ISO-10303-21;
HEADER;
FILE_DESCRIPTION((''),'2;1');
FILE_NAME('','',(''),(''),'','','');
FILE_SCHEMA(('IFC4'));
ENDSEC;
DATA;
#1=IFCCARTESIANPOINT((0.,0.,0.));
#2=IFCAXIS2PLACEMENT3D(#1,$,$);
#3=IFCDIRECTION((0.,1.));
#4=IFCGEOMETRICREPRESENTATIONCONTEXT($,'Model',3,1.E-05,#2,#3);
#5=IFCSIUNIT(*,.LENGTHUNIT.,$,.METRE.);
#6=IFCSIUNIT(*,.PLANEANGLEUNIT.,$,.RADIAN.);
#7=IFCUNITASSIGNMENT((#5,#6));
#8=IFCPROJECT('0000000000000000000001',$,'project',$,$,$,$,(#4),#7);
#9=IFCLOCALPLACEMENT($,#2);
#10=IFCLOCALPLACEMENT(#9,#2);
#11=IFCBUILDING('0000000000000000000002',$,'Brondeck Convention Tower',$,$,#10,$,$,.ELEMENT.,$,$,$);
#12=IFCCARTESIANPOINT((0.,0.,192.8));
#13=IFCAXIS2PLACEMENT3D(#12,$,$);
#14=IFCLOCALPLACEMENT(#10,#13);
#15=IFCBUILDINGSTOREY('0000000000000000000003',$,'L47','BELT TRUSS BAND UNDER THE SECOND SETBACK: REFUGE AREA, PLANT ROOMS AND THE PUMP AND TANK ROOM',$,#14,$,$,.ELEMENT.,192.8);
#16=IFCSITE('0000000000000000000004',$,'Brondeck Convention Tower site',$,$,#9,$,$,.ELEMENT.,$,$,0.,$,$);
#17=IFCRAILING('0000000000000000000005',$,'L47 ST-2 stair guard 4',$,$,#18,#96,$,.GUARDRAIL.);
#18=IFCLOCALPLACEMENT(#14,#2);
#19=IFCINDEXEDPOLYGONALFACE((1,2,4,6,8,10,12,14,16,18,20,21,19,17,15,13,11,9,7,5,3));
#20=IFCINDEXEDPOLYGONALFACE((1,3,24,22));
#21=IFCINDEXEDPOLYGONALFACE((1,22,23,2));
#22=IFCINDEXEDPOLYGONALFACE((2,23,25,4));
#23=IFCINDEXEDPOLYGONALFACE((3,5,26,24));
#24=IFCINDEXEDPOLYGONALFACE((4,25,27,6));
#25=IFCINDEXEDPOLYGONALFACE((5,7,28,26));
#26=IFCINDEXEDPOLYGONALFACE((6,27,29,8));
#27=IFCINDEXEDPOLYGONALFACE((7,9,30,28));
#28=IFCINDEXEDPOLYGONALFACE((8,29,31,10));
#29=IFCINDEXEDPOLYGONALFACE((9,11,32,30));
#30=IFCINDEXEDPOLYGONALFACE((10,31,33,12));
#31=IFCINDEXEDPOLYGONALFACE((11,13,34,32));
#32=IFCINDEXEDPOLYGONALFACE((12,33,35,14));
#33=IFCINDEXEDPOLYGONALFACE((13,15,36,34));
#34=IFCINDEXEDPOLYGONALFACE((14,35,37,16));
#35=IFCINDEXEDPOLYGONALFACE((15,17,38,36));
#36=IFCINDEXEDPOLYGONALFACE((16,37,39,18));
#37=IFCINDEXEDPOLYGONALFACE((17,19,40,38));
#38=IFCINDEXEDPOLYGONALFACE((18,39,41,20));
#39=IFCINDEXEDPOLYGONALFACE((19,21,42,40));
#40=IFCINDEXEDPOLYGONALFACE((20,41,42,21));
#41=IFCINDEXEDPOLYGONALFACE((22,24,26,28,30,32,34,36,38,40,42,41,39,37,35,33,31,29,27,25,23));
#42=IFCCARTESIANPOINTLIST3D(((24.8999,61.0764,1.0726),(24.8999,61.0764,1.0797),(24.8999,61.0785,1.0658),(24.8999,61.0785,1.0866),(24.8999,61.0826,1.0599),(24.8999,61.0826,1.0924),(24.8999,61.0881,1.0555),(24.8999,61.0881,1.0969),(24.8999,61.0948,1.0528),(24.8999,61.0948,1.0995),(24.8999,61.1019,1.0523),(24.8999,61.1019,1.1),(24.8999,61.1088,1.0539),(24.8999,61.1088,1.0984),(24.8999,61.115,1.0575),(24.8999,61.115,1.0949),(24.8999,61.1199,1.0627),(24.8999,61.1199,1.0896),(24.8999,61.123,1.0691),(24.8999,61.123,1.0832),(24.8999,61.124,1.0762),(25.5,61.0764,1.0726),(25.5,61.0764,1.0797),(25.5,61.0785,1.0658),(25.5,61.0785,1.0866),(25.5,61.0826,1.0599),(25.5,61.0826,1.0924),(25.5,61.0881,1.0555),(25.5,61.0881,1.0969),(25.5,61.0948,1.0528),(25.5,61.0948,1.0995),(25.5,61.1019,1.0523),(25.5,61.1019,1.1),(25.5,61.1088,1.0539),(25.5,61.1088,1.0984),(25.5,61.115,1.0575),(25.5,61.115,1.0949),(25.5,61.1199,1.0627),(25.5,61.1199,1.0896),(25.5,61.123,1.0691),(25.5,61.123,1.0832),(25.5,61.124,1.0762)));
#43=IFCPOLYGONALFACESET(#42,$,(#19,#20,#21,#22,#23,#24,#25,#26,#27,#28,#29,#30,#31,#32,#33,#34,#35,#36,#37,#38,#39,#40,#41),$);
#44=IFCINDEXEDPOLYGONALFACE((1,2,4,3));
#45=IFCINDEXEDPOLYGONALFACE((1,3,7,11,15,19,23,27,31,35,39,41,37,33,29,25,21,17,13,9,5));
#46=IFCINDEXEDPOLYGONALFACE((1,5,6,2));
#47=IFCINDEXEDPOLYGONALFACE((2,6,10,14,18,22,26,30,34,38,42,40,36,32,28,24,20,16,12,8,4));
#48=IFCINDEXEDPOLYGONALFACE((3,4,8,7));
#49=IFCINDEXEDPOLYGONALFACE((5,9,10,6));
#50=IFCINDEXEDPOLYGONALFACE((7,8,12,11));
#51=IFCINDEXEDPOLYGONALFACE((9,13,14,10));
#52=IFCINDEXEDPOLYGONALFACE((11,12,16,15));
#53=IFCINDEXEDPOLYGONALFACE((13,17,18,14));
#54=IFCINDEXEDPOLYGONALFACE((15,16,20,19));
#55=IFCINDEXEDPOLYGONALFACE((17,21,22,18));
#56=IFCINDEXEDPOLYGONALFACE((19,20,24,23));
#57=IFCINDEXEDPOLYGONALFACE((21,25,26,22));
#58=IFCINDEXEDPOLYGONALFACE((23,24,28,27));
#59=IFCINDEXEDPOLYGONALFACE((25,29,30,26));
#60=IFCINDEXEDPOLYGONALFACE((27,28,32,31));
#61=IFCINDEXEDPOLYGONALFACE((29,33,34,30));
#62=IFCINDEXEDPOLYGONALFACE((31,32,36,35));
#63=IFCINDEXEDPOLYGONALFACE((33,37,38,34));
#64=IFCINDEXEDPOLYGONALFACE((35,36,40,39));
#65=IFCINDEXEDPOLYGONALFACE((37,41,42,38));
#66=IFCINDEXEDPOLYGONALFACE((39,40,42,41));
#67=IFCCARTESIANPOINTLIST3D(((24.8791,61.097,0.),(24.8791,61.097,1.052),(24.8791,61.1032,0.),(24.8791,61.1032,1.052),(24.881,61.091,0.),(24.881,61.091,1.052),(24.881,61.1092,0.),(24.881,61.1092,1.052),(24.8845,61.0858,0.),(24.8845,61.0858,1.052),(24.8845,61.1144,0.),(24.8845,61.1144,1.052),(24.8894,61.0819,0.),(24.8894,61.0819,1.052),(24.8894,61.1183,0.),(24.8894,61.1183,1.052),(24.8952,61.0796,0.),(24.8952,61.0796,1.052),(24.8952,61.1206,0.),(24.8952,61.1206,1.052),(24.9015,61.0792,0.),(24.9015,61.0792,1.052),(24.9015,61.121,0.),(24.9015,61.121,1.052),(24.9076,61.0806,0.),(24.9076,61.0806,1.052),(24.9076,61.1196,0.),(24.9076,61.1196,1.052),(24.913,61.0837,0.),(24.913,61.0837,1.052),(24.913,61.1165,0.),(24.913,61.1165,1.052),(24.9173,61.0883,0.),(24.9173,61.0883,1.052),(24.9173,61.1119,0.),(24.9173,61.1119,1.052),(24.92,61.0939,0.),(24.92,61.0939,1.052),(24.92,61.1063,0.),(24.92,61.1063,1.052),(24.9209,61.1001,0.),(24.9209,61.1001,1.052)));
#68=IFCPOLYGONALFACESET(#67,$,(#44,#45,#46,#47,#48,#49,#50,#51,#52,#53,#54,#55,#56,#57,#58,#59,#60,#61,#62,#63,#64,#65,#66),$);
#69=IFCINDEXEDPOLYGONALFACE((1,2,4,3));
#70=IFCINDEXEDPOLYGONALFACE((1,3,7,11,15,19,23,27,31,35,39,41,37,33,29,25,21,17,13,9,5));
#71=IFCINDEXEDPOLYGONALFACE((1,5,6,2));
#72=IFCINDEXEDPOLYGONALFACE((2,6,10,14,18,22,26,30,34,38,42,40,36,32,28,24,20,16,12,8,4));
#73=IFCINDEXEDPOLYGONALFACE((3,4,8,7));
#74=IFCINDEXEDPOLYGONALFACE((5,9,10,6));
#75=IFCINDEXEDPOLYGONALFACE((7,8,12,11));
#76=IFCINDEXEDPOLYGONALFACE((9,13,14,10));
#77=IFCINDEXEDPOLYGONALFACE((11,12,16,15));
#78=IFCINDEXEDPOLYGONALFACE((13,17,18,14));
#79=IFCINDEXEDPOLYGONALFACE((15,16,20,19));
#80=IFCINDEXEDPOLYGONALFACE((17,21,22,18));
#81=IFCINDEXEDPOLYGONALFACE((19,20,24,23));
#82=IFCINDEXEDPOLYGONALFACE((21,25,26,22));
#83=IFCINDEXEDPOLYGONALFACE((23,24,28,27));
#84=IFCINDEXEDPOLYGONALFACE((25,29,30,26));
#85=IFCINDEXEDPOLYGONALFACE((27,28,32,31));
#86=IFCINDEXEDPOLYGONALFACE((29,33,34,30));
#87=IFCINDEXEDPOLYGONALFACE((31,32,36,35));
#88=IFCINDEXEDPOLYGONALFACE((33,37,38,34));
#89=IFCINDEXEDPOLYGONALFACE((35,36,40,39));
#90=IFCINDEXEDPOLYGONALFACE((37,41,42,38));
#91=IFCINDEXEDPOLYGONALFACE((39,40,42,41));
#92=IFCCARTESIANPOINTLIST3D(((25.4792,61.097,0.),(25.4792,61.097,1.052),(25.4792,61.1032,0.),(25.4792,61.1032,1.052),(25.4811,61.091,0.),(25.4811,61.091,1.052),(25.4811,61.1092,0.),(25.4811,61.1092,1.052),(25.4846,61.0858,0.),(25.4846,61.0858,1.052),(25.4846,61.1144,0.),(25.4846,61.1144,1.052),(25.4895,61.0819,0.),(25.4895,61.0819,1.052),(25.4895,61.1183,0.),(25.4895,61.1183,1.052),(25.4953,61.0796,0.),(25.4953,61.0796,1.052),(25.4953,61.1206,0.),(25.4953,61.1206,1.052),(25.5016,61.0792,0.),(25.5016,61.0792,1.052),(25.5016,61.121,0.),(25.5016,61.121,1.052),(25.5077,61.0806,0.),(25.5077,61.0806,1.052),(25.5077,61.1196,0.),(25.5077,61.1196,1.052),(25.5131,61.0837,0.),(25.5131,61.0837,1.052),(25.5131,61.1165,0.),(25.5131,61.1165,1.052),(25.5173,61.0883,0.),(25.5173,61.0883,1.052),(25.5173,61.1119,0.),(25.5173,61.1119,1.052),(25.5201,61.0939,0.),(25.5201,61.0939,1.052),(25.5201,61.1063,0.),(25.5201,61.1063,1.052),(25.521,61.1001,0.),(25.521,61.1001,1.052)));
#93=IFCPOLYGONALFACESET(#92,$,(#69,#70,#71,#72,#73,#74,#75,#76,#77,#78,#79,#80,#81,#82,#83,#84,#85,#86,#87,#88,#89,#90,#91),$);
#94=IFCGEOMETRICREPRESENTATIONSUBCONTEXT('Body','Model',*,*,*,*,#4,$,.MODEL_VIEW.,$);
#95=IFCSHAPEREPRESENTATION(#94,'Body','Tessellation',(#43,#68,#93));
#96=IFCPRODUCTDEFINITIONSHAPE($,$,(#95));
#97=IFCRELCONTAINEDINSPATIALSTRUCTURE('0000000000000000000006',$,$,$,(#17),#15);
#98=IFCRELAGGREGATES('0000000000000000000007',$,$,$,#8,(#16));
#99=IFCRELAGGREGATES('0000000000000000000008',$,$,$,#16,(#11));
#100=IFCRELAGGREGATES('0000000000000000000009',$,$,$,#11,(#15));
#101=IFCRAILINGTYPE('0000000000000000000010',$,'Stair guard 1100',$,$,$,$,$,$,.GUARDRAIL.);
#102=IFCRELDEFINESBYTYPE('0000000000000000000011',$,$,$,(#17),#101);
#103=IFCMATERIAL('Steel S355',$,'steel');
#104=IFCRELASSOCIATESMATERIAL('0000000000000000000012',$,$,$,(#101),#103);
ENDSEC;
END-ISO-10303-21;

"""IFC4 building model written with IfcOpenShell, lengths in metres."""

from ifc_helpers import new_model, si_unit, direction, frame, origin, origin_2d, place, context, subcontext, project, spatial, circle, extrude, material, type_object, element, save


model = new_model("IFC4")

# Units and contexts
model_context = context("Model", 3, precision=1e-05, world=origin(), true_north=direction((0.0, 1.0)))
body_context = subcontext(model_context, "Body", "Model", "MODEL_VIEW")
ifc_project = project(units=[si_unit("LENGTHUNIT", "METRE"), si_unit("PLANEANGLEUNIT", "RADIAN")], contexts=[model_context])

# Site, building, storey
site_placement = place(None, origin())
site = spatial("IfcSite", under=ifc_project, at=site_placement, Name="Brondeck Convention Tower site", CompositionType="ELEMENT", RefElevation=0.0)
building_placement = place(site_placement, origin())
building = spatial("IfcBuilding", under=site, at=building_placement, Name="Brondeck Convention Tower", CompositionType="ELEMENT")
storey_placement = place(building_placement, frame((0.0, 0.0, 192.8)))
storey = spatial("IfcBuildingStorey", under=building, at=storey_placement, Name="L47", Description="BELT TRUSS BAND UNDER THE SECOND SETBACK: REFUGE AREA, PLANT ROOMS AND THE PUMP AND TANK ROOM", CompositionType="ELEMENT", Elevation=192.8)

# Shared definitions
ifc_material_1 = material(Name="Steel S355", Category="steel")

# Railing
railing_type_1 = type_object("IfcRailingType", Name="Stair guard 1100", PredefinedType="GUARDRAIL", material=ifc_material_1)
railing_1_placement = place(storey_placement, frame((24.8999, 61.1001, 0.0)))
element("IfcRailing", 1, at=railing_1_placement, inside=storey, type_object=railing_type_1, Name="L47 ST-2 stair guard 4", PredefinedType="GUARDRAIL", context=body_context, shape_type="SweptSolid", body=[
    extrude(circle(Radius=0.0239, at=origin_2d()), frame((0.0, 0.0, 1.0762), z_axis=(1.0, 0.0, 0.0), x_axis=(0.0, 1.0, 0.0)), (0.0, 0.0, 1.0), 0.6001),
    extrude(circle(Radius=0.021, at=origin_2d()), origin(), (0.0, 0.0, 1.0), 1.052),
    extrude(circle(Radius=0.021, at=origin_2d()), frame((0.6001, 0.0, 0.0)), (0.0, 0.0, 1.0), 1.052),
])

save(model, "model.ifc")
